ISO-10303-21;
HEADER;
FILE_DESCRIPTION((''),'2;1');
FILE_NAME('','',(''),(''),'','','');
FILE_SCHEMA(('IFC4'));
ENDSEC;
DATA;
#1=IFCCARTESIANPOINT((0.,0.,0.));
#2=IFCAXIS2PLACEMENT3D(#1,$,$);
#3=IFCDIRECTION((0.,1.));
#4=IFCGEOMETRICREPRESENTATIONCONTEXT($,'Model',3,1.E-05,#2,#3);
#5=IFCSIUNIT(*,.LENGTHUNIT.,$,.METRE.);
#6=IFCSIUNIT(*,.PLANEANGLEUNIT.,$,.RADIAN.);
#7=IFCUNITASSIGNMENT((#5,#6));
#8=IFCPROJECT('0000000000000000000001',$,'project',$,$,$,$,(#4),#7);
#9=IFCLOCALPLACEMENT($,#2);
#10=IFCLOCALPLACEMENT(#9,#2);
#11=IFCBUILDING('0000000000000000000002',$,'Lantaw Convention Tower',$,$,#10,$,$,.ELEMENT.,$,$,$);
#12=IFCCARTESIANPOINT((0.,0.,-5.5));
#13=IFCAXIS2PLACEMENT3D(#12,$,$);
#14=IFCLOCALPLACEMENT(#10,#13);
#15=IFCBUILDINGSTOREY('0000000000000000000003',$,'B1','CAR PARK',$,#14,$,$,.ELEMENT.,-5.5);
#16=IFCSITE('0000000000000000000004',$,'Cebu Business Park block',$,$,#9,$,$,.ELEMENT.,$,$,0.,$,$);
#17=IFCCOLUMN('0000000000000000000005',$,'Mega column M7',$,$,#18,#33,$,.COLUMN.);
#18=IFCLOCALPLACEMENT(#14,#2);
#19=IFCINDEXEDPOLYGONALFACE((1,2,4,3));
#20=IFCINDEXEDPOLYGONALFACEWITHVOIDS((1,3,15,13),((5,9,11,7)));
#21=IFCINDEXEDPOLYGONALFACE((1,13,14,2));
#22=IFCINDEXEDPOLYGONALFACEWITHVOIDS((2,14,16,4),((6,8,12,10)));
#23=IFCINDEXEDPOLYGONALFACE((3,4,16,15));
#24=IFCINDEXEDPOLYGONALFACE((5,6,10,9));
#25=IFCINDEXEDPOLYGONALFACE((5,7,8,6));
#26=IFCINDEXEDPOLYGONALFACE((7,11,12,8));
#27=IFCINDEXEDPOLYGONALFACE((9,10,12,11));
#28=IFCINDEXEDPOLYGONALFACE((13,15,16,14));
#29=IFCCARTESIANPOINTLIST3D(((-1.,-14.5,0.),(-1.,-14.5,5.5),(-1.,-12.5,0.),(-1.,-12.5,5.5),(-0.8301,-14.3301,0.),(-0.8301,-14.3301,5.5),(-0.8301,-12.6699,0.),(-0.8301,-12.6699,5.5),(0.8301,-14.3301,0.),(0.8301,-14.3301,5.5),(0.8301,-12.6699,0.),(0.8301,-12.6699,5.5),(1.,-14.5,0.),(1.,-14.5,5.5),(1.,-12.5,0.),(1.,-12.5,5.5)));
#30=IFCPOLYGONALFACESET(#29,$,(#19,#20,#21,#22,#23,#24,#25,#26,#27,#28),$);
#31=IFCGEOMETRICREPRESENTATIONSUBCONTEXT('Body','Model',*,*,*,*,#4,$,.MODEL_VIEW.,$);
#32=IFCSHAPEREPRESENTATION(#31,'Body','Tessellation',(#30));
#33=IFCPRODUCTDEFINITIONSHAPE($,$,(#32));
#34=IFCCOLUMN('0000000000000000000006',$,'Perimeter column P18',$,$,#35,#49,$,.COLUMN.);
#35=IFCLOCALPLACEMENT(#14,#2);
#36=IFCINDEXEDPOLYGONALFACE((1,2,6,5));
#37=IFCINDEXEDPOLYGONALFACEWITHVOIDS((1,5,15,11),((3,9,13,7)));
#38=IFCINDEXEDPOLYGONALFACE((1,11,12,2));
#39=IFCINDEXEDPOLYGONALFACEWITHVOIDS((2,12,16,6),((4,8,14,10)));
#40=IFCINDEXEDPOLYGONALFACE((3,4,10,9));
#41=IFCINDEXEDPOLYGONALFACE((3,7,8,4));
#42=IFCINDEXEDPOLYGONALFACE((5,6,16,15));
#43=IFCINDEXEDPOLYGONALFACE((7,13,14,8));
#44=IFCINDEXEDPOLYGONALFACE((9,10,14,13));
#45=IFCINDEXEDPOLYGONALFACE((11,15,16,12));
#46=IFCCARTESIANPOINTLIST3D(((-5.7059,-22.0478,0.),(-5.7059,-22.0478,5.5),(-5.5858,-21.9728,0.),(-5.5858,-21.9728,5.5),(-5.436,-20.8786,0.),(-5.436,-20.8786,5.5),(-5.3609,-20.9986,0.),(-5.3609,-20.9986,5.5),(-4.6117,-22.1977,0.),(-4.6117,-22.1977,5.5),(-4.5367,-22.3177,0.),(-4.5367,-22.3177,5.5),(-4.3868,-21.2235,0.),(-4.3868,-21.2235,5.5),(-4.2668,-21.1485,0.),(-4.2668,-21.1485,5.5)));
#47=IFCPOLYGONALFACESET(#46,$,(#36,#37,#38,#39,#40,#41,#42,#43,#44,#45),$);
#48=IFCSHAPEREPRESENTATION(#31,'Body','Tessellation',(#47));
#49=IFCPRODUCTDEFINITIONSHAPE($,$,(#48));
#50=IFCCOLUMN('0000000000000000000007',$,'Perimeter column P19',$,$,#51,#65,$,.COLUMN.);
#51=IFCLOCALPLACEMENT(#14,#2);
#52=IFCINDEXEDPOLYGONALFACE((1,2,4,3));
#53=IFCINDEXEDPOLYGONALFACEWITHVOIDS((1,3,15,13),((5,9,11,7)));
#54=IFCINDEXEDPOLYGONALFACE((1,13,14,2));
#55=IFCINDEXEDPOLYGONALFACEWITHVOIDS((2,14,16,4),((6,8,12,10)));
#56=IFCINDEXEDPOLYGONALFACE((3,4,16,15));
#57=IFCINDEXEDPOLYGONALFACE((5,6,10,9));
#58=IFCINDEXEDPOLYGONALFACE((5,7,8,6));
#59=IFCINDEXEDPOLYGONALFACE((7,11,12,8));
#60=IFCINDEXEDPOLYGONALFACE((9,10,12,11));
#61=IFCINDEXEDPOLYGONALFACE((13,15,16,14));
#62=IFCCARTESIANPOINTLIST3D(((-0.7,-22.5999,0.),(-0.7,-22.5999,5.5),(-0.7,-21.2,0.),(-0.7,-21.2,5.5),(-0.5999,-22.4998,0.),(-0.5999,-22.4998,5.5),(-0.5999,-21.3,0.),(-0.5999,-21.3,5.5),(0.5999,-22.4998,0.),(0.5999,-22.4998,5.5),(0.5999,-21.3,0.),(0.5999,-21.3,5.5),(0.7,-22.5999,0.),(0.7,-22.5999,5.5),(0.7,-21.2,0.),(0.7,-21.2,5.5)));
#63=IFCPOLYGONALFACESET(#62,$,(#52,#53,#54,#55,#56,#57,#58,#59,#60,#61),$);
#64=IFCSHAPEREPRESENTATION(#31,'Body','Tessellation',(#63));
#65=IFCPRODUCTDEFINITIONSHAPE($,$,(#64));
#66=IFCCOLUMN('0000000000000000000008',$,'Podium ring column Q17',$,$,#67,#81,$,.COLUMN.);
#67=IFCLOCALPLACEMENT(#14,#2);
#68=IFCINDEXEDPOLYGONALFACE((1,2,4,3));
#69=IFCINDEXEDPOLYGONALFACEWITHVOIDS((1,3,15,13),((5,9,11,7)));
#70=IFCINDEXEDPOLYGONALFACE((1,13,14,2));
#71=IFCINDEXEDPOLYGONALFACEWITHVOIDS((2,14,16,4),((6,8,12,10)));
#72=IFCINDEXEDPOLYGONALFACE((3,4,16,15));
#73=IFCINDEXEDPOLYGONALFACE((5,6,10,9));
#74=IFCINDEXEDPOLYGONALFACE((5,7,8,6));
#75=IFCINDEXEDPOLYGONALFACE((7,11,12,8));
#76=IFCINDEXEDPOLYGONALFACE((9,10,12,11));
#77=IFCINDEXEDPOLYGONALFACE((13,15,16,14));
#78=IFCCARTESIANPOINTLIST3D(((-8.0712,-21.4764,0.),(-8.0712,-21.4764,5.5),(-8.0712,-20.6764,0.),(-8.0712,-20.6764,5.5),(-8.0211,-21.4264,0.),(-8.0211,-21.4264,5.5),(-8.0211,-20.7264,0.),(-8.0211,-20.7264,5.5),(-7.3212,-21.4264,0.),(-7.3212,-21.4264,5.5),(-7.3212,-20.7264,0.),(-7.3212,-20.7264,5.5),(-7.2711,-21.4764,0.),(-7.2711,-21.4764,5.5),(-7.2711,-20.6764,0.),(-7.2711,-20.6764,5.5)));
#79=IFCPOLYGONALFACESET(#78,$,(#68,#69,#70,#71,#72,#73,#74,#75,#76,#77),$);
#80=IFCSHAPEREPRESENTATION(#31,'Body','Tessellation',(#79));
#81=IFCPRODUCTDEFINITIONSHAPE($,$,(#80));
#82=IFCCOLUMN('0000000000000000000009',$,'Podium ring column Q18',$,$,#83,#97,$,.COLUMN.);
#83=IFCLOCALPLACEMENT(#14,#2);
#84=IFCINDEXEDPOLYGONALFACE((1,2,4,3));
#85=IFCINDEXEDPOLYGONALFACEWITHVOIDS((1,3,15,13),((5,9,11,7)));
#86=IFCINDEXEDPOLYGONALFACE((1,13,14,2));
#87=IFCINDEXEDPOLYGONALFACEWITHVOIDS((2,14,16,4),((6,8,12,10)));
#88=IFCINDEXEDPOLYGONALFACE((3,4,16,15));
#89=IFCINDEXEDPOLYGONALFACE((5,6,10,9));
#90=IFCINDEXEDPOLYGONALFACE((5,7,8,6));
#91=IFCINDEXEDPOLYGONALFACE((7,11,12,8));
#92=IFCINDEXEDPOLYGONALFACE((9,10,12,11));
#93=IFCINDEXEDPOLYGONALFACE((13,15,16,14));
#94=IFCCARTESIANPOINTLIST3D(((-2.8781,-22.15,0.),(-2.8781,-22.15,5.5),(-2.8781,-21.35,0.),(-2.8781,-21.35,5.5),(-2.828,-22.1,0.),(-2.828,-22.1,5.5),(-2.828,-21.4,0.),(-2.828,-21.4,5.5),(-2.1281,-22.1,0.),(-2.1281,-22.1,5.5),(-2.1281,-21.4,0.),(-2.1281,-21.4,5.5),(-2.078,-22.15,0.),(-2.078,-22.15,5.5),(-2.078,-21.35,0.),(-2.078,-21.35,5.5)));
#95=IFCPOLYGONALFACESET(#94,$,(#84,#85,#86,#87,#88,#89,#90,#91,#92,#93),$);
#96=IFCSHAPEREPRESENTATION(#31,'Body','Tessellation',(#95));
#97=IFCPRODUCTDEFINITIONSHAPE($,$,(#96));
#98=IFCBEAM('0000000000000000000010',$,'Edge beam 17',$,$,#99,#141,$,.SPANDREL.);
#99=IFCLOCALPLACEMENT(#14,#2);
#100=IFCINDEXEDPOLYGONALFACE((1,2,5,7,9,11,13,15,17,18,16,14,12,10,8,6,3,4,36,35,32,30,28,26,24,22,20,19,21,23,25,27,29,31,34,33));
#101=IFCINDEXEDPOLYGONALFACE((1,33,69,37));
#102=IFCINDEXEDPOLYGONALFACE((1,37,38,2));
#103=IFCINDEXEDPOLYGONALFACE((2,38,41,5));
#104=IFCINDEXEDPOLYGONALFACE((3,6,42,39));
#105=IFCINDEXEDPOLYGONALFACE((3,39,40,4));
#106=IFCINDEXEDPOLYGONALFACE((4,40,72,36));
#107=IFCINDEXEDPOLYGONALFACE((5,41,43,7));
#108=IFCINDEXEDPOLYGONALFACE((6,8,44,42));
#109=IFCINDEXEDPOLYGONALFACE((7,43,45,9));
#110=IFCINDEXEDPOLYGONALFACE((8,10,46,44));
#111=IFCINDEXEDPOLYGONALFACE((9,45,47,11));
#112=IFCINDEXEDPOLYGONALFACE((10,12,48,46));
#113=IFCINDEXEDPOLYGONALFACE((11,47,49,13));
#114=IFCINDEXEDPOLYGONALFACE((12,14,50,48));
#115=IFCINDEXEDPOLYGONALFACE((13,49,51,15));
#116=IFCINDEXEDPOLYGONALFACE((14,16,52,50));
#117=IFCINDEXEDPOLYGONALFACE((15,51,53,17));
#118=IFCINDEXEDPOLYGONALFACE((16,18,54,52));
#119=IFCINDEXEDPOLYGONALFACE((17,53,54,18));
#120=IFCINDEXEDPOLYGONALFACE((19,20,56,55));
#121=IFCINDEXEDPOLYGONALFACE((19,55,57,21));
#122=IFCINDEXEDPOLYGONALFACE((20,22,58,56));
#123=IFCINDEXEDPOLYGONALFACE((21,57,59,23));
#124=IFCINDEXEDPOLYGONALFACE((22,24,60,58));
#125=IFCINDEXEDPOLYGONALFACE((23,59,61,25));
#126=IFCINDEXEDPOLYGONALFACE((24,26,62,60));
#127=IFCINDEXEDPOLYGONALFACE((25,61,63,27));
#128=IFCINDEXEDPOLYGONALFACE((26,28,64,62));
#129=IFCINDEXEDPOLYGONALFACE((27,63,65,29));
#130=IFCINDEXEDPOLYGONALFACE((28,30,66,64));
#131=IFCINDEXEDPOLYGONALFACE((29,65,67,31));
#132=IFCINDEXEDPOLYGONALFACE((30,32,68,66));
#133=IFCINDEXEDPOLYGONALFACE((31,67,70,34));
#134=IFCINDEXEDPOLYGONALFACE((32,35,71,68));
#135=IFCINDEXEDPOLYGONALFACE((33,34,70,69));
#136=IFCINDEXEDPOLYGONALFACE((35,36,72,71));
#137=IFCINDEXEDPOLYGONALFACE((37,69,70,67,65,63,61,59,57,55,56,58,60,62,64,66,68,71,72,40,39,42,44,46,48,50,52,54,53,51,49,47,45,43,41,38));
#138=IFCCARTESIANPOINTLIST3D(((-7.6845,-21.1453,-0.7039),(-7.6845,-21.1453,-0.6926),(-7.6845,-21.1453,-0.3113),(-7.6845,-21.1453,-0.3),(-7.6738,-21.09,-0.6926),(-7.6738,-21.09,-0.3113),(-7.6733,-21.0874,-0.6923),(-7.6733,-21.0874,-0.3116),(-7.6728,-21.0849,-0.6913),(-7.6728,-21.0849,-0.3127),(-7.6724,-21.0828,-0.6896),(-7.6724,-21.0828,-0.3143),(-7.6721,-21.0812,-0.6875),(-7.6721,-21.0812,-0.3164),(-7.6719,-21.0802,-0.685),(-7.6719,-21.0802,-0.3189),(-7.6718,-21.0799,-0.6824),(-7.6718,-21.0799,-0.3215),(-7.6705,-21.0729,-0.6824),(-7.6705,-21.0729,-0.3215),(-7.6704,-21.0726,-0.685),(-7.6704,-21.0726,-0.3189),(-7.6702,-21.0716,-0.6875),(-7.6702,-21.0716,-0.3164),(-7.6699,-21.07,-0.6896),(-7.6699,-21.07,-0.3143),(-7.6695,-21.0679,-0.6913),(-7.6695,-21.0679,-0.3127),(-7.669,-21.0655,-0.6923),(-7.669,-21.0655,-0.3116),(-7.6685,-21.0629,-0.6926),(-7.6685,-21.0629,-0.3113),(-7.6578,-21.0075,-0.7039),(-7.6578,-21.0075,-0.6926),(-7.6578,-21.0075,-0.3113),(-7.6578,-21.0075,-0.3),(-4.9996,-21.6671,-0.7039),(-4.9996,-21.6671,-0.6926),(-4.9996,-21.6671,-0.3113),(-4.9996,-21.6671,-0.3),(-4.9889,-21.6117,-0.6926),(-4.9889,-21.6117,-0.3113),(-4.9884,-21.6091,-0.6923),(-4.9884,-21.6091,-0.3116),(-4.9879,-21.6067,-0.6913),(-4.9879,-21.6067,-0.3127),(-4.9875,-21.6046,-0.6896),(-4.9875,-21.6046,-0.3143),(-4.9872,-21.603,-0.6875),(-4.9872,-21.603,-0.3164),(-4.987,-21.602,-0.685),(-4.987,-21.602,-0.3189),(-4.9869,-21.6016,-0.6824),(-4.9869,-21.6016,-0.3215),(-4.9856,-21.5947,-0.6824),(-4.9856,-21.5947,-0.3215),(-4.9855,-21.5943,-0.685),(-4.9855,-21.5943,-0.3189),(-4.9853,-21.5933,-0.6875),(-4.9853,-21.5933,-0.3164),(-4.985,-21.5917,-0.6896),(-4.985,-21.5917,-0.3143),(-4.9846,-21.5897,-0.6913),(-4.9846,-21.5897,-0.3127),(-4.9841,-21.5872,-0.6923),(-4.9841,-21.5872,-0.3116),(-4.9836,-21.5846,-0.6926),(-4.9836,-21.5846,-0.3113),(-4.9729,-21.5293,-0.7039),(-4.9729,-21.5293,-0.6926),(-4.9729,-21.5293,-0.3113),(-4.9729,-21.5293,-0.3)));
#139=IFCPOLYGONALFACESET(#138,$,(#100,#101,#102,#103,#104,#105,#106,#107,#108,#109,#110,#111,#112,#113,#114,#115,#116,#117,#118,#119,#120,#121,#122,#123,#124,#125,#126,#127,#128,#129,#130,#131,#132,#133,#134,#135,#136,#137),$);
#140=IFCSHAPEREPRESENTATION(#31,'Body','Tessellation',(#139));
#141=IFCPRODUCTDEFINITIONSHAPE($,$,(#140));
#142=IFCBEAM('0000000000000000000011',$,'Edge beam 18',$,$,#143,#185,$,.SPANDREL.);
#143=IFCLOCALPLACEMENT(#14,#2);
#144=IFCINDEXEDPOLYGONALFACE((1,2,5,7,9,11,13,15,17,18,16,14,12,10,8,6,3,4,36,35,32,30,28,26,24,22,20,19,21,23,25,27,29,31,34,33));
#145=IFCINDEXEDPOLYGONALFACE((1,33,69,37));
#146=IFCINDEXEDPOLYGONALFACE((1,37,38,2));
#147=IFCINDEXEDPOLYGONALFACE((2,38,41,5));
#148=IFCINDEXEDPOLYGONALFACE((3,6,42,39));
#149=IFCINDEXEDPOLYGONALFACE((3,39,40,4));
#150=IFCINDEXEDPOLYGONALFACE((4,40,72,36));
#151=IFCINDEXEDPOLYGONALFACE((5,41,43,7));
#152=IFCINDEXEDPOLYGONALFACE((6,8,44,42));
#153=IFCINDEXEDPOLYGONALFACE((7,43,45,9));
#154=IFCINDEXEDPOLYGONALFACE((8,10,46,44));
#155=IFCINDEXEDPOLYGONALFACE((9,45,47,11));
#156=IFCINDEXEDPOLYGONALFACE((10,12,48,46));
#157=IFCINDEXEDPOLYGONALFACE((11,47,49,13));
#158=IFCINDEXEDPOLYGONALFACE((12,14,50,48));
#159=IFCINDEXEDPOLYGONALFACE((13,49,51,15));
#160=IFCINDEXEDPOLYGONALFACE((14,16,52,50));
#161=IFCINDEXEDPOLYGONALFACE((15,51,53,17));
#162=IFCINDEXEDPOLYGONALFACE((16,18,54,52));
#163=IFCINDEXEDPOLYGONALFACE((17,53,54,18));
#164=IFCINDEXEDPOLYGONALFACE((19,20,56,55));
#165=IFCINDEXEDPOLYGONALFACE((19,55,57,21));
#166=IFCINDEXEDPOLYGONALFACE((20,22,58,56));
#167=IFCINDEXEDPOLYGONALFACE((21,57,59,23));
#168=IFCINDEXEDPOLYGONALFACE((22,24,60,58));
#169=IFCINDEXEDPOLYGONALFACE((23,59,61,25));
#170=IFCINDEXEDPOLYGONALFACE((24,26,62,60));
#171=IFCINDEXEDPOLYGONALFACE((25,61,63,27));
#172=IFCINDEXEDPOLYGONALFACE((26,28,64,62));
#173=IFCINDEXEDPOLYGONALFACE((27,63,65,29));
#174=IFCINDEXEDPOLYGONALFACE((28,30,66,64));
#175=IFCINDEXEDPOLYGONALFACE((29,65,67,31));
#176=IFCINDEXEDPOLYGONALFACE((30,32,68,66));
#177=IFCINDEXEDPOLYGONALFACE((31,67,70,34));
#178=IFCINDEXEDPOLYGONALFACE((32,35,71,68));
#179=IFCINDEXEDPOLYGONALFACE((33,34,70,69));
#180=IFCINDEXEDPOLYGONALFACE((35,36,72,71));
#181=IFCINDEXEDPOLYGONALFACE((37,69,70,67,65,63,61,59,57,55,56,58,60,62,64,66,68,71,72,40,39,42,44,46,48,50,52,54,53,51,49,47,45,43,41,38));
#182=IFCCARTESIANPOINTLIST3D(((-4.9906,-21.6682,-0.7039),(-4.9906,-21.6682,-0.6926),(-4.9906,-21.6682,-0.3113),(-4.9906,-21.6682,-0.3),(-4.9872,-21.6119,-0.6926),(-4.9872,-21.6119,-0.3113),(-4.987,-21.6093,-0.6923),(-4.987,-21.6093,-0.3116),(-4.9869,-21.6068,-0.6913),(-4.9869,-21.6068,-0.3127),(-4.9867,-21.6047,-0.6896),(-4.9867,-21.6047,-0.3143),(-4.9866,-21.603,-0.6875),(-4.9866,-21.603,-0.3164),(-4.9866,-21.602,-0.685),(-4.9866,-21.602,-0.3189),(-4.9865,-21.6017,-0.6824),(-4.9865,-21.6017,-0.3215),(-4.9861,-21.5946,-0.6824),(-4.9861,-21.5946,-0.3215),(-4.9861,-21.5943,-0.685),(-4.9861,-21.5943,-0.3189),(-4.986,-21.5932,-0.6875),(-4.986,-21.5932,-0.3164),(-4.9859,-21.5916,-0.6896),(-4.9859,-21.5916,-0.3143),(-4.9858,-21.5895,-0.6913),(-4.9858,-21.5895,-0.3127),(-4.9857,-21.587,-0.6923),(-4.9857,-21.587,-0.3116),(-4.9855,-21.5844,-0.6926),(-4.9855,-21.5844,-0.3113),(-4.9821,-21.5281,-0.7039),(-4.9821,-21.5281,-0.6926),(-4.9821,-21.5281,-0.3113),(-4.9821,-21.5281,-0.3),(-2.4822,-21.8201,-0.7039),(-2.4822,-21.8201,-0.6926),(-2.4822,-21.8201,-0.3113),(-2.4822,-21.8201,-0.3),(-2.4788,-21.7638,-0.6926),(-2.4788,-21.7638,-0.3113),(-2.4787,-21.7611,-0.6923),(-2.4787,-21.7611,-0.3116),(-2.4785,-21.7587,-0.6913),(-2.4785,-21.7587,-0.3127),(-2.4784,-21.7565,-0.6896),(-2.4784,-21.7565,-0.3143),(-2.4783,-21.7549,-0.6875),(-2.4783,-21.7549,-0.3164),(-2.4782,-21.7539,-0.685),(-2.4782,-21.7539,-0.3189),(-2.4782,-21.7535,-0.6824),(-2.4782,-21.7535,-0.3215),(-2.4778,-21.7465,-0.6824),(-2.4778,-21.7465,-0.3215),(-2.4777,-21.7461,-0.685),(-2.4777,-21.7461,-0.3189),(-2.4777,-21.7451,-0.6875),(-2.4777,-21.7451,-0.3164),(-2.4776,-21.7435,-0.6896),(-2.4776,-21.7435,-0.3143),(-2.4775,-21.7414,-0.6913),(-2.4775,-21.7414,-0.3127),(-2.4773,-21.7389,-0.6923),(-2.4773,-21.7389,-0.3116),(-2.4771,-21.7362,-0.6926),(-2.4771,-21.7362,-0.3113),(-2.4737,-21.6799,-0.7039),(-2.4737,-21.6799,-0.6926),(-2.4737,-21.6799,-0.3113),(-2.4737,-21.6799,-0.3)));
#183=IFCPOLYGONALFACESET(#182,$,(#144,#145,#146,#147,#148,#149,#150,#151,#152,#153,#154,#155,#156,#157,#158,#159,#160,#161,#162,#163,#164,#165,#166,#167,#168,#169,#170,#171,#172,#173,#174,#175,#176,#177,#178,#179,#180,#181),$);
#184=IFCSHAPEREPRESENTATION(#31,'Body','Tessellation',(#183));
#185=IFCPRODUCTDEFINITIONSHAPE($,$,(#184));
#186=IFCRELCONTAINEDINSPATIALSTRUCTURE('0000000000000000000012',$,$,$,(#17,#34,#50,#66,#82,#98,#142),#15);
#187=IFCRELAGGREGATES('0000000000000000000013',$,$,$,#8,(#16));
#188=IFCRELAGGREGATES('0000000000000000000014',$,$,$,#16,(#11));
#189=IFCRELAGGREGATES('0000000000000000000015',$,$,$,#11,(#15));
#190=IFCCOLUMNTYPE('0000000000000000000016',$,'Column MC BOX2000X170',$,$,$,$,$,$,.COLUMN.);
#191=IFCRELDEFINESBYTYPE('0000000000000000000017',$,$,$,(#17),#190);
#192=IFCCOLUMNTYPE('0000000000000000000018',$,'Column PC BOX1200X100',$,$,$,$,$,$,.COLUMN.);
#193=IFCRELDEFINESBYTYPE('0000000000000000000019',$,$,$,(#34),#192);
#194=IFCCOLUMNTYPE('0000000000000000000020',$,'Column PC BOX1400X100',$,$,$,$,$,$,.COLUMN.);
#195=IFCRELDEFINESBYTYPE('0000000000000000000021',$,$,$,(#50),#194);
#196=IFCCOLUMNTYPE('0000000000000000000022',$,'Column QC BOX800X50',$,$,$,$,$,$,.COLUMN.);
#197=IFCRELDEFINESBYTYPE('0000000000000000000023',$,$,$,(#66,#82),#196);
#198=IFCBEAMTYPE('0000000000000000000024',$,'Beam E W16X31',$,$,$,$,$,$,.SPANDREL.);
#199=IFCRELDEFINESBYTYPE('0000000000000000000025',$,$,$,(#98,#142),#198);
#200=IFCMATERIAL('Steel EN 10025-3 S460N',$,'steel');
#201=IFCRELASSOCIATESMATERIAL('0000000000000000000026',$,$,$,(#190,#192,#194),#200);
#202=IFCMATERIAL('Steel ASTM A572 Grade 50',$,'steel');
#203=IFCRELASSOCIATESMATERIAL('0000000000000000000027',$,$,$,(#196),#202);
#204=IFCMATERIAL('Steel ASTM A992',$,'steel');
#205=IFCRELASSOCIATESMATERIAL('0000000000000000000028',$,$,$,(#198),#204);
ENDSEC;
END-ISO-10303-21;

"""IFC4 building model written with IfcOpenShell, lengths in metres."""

from ifc_helpers import new_model, si_unit, direction, frame, origin, origin_2d, place, context, subcontext, project, spatial, rectangle, hollow_rectangle, i_section, extrude, material, material_profile, profile_set, type_object, element, save


model = new_model("IFC4")

# Units and contexts
model_context = context("Model", 3, precision=1e-05, world=origin(), true_north=direction((0.0, 1.0)))
body_context = subcontext(model_context, "Body", "Model", "MODEL_VIEW")
ifc_project = project(units=[si_unit("LENGTHUNIT", "METRE"), si_unit("PLANEANGLEUNIT", "RADIAN")], contexts=[model_context])

# Site, building, storey
site_placement = place(None, origin())
site = spatial("IfcSite", under=ifc_project, at=site_placement, Name="Cebu Business Park block", CompositionType="ELEMENT", RefElevation=0.0)
building_placement = place(site_placement, origin())
building = spatial("IfcBuilding", under=site, at=building_placement, Name="Lantaw Convention Tower", CompositionType="ELEMENT")
storey_placement = place(building_placement, frame((0.0, 0.0, -5.5)))
storey = spatial("IfcBuildingStorey", under=building, at=storey_placement, Name="B1", Description="CAR PARK", CompositionType="ELEMENT", Elevation=-5.5)

# Columns
ifc_material_1 = material(Name="Steel EN 10025-3 S460N", Category="steel")
ifc_material_profile_1 = material_profile(ifc_material_1, hollow_rectangle(XDim=2.0, YDim=2.0, WallThickness=0.1699, at=origin_2d()), Name="BOX2000X170")
ifc_material_2 = material(Name="Concrete C60/75", Category="concrete")
ifc_material_profile_2 = material_profile(ifc_material_2, rectangle(XDim=1.6599, YDim=1.6599, at=origin_2d()), Name="Concrete fill of BOX2000X170")
ifc_profile_set_1 = profile_set([ifc_material_profile_1, ifc_material_profile_2], Name="Steel EN 10025-3 S460N")
column_type_1 = type_object("IfcColumnType", Name="Column MC BOX2000X170", PredefinedType="COLUMN", material=ifc_profile_set_1)
column_1_placement = place(storey_placement, frame((0.0, -13.5, 0.0), z_axis=(0.0, 0.0, 1.0), x_axis=(1.0, 0.0, 0.0)))
element("IfcColumn", 1, at=column_1_placement, inside=storey, type_object=column_type_1, Name="Mega column M7", PredefinedType="COLUMN", context=body_context, shape_type="SweptSolid", body=[
    extrude(hollow_rectangle(XDim=2.0, YDim=2.0, WallThickness=0.1699, at=origin_2d()), origin(), (0.0, 0.0, 1.0), 5.5),
])
ifc_material_profile_3 = material_profile(ifc_material_1, hollow_rectangle(XDim=1.2, YDim=1.2, WallThickness=0.1001, at=origin_2d()), Name="BOX1200X100")
ifc_material_profile_4 = material_profile(ifc_material_2, rectangle(XDim=1.0, YDim=1.0, at=origin_2d()), Name="Concrete fill of BOX1200X100")
ifc_profile_set_2 = profile_set([ifc_material_profile_3, ifc_material_profile_4], Name="Steel EN 10025-3 S460N")
column_type_2 = type_object("IfcColumnType", Name="Column PC BOX1200X100", PredefinedType="COLUMN", material=ifc_profile_set_2)
column_2_placement = place(storey_placement, frame((-4.9863, -21.5981, 0.0), z_axis=(0.0, 0.0, 1.0), x_axis=(0.224951, 0.97437, 0.0)))
element("IfcColumn", 2, at=column_2_placement, inside=storey, type_object=column_type_2, Name="Perimeter column P18", PredefinedType="COLUMN", context=body_context, shape_type="SweptSolid", body=[
    extrude(hollow_rectangle(XDim=1.2, YDim=1.2, WallThickness=0.1001, at=origin_2d()), origin(), (0.0, 0.0, 1.0), 5.5),
])
ifc_material_profile_5 = material_profile(ifc_material_1, hollow_rectangle(XDim=1.3999, YDim=1.3999, WallThickness=0.1001, at=origin_2d()), Name="BOX1400X100")
ifc_material_profile_6 = material_profile(ifc_material_2, rectangle(XDim=1.2, YDim=1.2, at=origin_2d()), Name="Concrete fill of BOX1400X100")
ifc_profile_set_3 = profile_set([ifc_material_profile_5, ifc_material_profile_6], Name="Steel EN 10025-3 S460N")
column_type_3 = type_object("IfcColumnType", Name="Column PC BOX1400X100", PredefinedType="COLUMN", material=ifc_profile_set_3)
column_3_placement = place(storey_placement, frame((0.0, -21.8999, 0.0), z_axis=(0.0, 0.0, 1.0), x_axis=(1.0, 0.0, 0.0)))
element("IfcColumn", 3, at=column_3_placement, inside=storey, type_object=column_type_3, Name="Perimeter column P19", PredefinedType="COLUMN", context=body_context, shape_type="SweptSolid", body=[
    extrude(hollow_rectangle(XDim=1.3999, YDim=1.3999, WallThickness=0.1001, at=origin_2d()), origin(), (0.0, 0.0, 1.0), 5.5),
])
ifc_material_3 = material(Name="Steel ASTM A572 Grade 50", Category="steel")
ifc_material_profile_7 = material_profile(ifc_material_3, hollow_rectangle(XDim=0.8, YDim=0.8, WallThickness=0.05, at=origin_2d()), Name="BOX800X50")
ifc_profile_set_4 = profile_set([ifc_material_profile_7], Name="Steel ASTM A572 Grade 50")
column_type_4 = type_object("IfcColumnType", Name="Column QC BOX800X50", PredefinedType="COLUMN", material=ifc_profile_set_4)
for number, where, z_axis, x_axis, name in (
    (4, (-7.6711, -21.0764, 0.0), (0.0, 0.0, 1.0), (1.0, 0.0, 0.0), "Podium ring column Q17"),
    (5, (-2.478, -21.75, 0.0), (0.0, 0.0, 1.0), (1.0, 0.0, 0.0), "Podium ring column Q18"),
):
    element("IfcColumn", number, at=place(storey_placement, frame(where, z_axis=z_axis, x_axis=x_axis)), inside=storey, type_object=column_type_4, Name=name, PredefinedType="COLUMN", context=body_context, shape_type="SweptSolid", body=[
        extrude(hollow_rectangle(XDim=0.8, YDim=0.8, WallThickness=0.05, at=origin_2d()), origin(), (0.0, 0.0, 1.0), 5.5),
    ])

# Beams
ifc_material_4 = material(Name="Steel ASTM A992", Category="steel")
ifc_material_profile_8 = material_profile(ifc_material_4, i_section(OverallWidth=0.1404, OverallDepth=0.4038, WebThickness=0.0071, FlangeThickness=0.0112, FilletRadius=0.0103, at=origin_2d()), Name="W16X31")
ifc_profile_set_5 = profile_set([ifc_material_profile_8], Name="Steel ASTM A992")
beam_type_1 = type_object("IfcBeamType", Name="Beam E W16X31", PredefinedType="SPANDREL", material=ifc_profile_set_5)
beam_1_placement = place(storey_placement, frame((-7.6711, -21.0764, -0.502), z_axis=(0.981637, -0.190757, 0.0), x_axis=(0.190757, 0.981637, 0.0)))
element("IfcBeam", 6, at=beam_1_placement, inside=storey, type_object=beam_type_1, Name="Edge beam 17", PredefinedType="SPANDREL", context=body_context, shape_type="SweptSolid", body=[
    extrude(i_section(OverallWidth=0.1404, OverallDepth=0.4038, WebThickness=0.0071, FlangeThickness=0.0112, FilletRadius=0.0103, at=origin_2d()), origin(), (0.0, 0.0, 1.0), 2.7351),
])
beam_2_placement = place(storey_placement, frame((-4.9863, -21.5981, -0.502), z_axis=(0.998172, -0.060431, 0.0), x_axis=(0.060431, 0.998172, 0.0)))
element("IfcBeam", 7, at=beam_2_placement, inside=storey, type_object=beam_type_1, Name="Edge beam 18", PredefinedType="SPANDREL", context=body_context, shape_type="SweptSolid", body=[
    extrude(i_section(OverallWidth=0.1404, OverallDepth=0.4038, WebThickness=0.0071, FlangeThickness=0.0112, FilletRadius=0.0103, at=origin_2d()), origin(), (0.0, 0.0, 1.0), 2.5129),
])

save(model, "model.ifc")
